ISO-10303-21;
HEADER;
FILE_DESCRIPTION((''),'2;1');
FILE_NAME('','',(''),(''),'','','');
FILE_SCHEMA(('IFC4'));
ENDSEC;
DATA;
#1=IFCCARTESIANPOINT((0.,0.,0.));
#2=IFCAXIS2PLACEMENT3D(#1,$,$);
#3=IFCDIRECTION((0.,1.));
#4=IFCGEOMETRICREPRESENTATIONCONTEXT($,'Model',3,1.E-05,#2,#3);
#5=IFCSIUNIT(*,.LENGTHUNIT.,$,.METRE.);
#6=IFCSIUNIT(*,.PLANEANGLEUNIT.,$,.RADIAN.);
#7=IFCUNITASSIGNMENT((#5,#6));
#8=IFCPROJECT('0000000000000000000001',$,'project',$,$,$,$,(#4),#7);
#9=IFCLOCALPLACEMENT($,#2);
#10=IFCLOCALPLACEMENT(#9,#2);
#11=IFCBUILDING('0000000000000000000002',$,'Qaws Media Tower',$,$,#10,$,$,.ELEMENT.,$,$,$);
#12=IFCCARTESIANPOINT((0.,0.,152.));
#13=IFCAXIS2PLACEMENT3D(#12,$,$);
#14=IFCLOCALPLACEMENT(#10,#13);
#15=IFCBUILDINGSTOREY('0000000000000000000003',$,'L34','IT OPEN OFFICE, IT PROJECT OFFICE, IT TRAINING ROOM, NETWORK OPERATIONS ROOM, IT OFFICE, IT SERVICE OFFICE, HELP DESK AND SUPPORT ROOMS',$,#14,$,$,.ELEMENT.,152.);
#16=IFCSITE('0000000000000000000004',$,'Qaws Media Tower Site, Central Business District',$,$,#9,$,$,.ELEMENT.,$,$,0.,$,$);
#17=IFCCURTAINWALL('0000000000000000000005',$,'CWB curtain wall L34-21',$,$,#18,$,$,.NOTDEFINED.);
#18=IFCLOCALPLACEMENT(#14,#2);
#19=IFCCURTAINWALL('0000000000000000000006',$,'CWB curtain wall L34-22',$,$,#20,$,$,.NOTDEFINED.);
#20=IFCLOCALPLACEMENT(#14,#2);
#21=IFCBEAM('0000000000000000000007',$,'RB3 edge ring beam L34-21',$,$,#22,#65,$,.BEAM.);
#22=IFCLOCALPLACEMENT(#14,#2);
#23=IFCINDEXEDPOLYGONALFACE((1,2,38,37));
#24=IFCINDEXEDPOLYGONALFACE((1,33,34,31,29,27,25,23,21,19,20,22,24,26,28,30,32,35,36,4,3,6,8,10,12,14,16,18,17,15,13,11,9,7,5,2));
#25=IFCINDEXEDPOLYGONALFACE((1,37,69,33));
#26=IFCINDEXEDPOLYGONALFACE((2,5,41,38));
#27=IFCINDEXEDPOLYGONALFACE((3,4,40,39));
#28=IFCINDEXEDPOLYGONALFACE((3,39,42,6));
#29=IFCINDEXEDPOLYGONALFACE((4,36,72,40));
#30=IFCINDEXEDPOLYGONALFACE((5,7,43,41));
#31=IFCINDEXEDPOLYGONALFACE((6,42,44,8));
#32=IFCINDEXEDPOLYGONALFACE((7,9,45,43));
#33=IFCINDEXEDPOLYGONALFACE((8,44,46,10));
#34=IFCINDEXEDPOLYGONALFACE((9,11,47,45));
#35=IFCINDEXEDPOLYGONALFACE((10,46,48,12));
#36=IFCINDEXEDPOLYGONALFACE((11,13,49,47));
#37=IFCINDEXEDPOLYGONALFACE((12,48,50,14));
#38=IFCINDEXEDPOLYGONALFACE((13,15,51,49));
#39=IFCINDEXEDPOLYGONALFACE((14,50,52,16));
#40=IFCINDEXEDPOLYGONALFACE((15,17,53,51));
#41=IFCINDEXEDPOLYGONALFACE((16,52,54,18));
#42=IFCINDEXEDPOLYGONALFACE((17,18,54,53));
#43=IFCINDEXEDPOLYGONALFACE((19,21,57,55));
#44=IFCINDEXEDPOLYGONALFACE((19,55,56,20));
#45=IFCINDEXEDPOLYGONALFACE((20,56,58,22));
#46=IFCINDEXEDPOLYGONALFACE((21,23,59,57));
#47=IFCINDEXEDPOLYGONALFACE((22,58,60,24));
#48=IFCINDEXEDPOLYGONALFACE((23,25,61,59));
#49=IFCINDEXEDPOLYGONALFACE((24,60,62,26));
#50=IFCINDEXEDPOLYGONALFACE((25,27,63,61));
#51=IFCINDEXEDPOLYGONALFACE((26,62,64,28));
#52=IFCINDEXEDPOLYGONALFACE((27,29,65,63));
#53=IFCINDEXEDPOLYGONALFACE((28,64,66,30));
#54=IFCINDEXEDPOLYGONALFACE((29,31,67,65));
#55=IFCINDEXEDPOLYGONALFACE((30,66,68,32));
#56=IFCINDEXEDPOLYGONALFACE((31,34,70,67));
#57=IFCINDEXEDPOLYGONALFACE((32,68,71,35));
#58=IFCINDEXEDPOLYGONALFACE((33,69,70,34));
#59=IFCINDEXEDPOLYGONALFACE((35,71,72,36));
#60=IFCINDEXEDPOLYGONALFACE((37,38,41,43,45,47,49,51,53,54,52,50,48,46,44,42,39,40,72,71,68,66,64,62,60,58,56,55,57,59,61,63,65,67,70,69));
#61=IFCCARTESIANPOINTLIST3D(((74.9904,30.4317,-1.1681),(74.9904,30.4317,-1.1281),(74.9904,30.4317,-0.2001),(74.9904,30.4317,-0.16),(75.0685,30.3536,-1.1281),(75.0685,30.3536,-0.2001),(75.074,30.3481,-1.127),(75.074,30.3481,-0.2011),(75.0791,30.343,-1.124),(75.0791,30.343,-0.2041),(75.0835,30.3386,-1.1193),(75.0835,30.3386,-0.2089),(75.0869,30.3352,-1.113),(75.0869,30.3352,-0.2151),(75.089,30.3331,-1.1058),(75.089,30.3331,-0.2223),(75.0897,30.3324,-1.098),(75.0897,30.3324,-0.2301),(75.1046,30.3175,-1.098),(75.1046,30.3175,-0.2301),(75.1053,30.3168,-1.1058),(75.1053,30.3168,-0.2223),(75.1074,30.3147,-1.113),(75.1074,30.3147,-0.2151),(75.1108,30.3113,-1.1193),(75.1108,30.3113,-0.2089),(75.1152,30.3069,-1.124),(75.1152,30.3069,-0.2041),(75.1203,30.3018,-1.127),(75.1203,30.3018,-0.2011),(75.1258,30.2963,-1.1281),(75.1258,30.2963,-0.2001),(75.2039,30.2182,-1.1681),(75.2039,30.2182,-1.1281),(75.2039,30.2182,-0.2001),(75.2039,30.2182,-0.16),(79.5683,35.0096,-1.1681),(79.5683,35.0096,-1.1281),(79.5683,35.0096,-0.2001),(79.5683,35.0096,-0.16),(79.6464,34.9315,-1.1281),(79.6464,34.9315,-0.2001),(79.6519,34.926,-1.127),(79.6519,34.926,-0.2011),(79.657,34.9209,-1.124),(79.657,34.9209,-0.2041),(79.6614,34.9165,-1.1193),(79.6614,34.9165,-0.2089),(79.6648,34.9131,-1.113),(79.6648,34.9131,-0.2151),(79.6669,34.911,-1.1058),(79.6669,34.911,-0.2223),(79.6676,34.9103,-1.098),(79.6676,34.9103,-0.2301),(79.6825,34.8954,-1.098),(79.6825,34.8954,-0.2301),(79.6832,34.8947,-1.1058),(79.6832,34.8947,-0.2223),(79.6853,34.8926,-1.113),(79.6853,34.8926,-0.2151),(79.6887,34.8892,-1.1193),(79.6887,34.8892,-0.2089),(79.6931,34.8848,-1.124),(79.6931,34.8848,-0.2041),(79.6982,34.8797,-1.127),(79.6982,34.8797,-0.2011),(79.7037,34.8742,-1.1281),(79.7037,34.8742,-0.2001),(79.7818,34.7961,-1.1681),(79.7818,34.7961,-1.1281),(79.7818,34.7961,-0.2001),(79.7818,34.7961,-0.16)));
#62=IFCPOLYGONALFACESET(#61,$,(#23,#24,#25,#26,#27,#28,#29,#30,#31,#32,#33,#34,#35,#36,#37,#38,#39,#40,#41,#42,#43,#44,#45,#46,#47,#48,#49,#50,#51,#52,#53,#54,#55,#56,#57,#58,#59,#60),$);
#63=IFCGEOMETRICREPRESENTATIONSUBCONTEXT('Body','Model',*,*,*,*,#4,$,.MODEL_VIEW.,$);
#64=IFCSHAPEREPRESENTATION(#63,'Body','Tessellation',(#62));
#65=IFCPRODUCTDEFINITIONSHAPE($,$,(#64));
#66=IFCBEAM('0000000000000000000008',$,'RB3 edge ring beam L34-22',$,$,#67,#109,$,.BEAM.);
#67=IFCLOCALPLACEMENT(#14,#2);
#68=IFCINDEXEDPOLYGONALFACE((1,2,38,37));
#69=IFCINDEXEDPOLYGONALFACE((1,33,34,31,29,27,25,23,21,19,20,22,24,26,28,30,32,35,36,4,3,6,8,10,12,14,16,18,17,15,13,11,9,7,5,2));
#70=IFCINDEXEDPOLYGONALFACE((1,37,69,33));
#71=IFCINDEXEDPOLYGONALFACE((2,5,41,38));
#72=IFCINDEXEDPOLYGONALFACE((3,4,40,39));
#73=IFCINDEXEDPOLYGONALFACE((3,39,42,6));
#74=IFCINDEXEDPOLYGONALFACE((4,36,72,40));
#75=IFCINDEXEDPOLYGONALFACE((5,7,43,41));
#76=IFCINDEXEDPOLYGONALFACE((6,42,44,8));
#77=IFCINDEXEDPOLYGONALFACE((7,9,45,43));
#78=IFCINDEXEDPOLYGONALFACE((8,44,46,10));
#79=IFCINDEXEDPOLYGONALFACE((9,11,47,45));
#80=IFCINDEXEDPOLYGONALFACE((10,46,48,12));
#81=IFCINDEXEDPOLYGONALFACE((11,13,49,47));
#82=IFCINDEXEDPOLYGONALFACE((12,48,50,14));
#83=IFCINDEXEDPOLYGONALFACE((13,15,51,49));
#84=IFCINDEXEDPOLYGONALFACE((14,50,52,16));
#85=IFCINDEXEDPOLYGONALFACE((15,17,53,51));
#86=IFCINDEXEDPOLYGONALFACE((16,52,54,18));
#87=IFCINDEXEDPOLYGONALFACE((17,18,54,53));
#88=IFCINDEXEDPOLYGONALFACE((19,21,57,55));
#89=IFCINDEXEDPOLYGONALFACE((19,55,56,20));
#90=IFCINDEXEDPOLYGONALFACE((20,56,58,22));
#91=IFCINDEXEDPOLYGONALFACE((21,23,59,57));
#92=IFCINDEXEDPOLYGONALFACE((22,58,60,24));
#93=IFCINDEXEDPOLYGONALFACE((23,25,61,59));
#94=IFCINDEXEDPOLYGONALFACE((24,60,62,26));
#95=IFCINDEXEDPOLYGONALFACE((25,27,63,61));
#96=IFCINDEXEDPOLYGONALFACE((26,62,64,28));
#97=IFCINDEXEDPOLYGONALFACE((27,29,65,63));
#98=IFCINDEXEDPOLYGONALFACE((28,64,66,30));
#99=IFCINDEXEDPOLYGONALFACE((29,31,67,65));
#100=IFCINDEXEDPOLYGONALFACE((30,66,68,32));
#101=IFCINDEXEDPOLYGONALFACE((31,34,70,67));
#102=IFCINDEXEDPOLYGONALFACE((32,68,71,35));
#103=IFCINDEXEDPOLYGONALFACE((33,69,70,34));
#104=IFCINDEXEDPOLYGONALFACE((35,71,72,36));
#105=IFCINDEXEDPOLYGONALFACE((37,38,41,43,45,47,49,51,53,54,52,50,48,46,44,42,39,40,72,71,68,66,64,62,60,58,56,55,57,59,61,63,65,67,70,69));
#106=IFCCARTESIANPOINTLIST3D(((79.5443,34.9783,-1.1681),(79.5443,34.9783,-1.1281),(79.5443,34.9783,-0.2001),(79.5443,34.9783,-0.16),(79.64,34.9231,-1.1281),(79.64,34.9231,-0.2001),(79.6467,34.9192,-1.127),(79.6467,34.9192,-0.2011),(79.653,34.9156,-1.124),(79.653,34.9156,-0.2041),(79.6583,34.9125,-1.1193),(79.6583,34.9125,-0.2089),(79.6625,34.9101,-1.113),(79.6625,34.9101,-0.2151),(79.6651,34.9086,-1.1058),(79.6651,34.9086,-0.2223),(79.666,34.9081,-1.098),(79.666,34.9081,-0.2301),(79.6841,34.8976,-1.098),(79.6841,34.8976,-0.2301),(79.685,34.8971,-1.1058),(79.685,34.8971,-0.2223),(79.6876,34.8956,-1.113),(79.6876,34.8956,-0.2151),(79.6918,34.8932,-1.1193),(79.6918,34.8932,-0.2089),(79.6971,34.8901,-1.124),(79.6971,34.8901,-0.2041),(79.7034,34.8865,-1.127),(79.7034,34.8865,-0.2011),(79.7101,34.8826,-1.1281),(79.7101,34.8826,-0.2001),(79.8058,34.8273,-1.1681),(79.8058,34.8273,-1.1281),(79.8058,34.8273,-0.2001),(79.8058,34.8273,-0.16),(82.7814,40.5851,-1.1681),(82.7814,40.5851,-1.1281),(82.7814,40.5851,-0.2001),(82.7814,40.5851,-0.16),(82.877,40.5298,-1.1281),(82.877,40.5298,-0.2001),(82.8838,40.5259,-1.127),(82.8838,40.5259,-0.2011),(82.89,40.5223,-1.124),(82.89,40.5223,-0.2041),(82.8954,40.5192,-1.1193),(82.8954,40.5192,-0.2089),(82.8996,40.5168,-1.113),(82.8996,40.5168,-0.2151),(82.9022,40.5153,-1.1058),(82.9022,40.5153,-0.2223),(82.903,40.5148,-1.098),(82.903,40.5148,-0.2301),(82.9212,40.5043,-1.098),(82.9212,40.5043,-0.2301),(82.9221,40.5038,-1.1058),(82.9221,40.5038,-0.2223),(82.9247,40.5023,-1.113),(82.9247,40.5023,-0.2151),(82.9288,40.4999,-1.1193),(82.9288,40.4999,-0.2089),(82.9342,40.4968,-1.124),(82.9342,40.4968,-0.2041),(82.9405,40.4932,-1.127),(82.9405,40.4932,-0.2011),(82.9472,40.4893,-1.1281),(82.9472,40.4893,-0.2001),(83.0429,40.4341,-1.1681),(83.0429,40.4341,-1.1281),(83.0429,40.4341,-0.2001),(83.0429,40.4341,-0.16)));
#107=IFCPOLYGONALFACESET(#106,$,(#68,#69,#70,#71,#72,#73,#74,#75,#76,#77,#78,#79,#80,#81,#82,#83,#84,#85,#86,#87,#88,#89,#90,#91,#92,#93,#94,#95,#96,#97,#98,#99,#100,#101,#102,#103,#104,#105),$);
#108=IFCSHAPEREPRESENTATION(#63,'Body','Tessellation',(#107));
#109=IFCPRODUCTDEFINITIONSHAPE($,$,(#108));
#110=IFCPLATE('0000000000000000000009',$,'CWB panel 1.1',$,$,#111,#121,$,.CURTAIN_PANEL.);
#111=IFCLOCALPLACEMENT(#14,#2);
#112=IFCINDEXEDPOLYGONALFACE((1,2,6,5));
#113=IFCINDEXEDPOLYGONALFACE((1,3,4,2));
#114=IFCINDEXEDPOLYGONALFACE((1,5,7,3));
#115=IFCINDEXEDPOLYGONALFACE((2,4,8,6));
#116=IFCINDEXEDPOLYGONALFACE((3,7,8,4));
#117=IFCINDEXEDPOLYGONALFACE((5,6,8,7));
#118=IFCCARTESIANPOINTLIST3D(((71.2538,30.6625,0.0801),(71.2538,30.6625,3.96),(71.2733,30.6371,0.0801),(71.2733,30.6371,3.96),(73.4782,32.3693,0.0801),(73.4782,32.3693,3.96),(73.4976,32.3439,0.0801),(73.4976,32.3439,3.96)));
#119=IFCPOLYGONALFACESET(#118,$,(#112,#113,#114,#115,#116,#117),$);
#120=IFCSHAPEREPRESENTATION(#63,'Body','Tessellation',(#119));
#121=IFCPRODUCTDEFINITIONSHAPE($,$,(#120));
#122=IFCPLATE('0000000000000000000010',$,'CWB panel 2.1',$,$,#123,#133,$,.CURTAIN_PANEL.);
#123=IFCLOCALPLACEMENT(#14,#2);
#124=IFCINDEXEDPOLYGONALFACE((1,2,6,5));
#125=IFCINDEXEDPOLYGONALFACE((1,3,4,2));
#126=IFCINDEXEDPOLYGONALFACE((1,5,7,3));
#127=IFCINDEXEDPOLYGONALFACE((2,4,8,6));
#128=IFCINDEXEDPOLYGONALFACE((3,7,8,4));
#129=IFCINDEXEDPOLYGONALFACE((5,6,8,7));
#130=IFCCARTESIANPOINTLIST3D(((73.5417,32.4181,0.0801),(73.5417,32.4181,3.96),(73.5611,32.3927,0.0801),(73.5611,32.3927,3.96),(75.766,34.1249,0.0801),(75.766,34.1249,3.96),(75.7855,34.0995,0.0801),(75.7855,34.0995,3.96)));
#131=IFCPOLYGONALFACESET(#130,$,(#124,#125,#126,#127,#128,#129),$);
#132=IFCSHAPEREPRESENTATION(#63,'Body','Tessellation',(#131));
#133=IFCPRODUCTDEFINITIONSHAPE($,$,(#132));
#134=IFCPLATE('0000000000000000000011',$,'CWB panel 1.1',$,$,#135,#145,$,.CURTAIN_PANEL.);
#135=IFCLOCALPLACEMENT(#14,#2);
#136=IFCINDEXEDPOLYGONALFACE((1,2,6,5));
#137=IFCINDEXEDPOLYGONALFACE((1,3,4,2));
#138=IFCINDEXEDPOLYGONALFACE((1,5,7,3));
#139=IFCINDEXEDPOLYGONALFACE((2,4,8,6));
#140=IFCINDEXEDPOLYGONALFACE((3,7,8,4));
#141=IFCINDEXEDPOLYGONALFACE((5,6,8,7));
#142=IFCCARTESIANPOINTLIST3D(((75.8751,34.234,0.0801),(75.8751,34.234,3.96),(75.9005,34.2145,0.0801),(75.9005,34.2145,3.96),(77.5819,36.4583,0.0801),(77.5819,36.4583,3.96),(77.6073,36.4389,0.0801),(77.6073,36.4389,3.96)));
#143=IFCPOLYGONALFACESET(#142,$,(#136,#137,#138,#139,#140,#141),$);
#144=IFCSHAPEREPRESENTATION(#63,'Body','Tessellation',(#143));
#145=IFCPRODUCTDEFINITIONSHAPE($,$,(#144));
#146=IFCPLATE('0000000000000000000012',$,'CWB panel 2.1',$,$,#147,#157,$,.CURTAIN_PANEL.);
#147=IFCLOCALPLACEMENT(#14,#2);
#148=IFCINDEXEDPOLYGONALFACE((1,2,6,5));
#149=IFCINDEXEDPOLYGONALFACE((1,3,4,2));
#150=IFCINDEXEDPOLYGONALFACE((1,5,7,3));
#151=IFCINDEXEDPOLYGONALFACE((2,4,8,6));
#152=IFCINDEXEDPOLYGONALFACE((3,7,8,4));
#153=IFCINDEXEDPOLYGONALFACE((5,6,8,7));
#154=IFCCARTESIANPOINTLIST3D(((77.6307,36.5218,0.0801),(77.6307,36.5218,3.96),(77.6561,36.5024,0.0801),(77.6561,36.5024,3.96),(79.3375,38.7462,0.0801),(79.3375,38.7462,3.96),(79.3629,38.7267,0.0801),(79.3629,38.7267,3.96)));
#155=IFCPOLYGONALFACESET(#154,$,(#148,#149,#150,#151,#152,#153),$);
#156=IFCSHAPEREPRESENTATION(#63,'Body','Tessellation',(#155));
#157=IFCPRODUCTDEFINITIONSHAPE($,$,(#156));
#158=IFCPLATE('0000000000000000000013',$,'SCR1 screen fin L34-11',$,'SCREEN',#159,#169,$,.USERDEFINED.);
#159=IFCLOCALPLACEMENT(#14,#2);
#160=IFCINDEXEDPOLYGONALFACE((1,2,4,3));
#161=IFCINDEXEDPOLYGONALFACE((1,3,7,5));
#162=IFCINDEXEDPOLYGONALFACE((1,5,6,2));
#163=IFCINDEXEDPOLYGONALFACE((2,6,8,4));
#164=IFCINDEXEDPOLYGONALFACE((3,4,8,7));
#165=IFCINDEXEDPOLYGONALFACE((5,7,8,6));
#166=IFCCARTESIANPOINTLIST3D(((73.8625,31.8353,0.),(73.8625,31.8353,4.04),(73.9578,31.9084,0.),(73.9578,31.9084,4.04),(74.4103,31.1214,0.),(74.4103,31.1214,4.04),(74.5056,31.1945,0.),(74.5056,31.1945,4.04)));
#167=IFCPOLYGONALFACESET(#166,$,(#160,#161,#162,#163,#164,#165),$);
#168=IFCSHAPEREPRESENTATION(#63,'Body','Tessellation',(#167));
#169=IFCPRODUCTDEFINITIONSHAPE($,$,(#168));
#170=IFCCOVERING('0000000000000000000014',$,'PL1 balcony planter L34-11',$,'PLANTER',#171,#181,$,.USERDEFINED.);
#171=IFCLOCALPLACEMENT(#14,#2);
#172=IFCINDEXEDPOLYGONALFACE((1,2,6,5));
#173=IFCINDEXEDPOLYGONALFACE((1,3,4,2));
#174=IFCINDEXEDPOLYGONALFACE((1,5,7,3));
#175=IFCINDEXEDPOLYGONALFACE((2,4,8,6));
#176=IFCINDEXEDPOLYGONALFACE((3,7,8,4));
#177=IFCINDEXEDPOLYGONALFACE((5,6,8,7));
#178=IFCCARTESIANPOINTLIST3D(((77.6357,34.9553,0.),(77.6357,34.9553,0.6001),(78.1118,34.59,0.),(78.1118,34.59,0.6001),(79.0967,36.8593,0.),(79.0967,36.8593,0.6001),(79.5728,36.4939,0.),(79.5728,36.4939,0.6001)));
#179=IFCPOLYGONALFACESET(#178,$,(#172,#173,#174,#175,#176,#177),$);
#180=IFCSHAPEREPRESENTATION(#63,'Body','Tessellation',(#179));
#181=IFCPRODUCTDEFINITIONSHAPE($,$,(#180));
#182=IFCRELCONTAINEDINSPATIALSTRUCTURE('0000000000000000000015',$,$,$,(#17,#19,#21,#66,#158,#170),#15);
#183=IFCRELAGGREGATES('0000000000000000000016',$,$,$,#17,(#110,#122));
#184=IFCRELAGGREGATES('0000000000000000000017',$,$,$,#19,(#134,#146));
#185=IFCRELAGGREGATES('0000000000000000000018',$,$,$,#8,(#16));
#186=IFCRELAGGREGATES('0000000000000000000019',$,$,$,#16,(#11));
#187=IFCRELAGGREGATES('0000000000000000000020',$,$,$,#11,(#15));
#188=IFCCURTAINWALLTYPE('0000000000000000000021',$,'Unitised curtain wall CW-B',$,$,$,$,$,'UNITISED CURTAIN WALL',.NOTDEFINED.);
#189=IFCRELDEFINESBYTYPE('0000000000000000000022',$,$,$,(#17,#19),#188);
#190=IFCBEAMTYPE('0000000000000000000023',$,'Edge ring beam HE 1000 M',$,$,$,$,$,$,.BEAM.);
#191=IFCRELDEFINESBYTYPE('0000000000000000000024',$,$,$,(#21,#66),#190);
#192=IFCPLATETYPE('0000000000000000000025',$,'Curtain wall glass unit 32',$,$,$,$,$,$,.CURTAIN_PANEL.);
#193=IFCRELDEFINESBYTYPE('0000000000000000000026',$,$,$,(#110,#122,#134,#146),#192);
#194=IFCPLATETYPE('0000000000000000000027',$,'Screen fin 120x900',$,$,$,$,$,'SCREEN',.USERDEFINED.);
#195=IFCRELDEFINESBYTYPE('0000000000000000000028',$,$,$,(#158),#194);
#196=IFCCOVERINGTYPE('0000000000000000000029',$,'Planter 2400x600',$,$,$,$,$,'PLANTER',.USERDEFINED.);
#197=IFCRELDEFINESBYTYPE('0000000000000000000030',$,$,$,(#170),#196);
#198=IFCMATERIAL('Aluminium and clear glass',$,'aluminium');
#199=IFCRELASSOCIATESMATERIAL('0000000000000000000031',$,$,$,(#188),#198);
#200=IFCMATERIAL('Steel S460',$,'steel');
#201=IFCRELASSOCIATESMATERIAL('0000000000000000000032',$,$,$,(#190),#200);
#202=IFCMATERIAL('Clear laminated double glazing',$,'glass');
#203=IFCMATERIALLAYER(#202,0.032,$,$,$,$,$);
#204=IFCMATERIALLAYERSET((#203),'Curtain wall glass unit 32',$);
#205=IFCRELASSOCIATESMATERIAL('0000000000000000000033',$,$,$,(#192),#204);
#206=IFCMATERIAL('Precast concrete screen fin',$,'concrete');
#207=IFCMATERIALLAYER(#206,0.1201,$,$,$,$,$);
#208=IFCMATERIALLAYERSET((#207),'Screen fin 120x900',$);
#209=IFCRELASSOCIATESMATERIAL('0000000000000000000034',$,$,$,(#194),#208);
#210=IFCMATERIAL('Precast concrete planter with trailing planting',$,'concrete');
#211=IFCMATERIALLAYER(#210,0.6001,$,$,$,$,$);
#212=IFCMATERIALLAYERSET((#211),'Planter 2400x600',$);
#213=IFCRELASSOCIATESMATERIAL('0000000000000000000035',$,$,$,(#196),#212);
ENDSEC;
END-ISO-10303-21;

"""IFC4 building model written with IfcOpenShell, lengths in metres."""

from ifc_helpers import new_model, si_unit, direction, frame, origin, origin_2d, place, context, subcontext, project, spatial, rectangle, i_section, extrude, material, layer, layer_set, material_profile, profile_set, type_object, element, aggregate, save


model = new_model("IFC4")

# Units and contexts
model_context = context("Model", 3, precision=1e-05, world=origin(), true_north=direction((0.0, 1.0)))
body_context = subcontext(model_context, "Body", "Model", "MODEL_VIEW")
ifc_project = project(units=[si_unit("LENGTHUNIT", "METRE"), si_unit("PLANEANGLEUNIT", "RADIAN")], contexts=[model_context])

# Site, building, storey
site_placement = place(None, origin())
site = spatial("IfcSite", under=ifc_project, at=site_placement, Name="Qaws Media Tower Site, Central Business District", CompositionType="ELEMENT", RefElevation=0.0)
building_placement = place(site_placement, origin())
building = spatial("IfcBuilding", under=site, at=building_placement, Name="Qaws Media Tower", CompositionType="ELEMENT")
storey_placement = place(building_placement, frame((0.0, 0.0, 152.0)))
storey = spatial("IfcBuildingStorey", under=building, at=storey_placement, Name="L34", Description="IT OPEN OFFICE, IT PROJECT OFFICE, IT TRAINING ROOM, NETWORK OPERATIONS ROOM, IT OFFICE, IT SERVICE OFFICE, HELP DESK AND SUPPORT ROOMS", CompositionType="ELEMENT", Elevation=152.0)

# Shared definitions
ifc_material_1 = material(Name="Aluminium and clear glass", Category="aluminium")
curtain_wall_type = type_object("IfcCurtainWallType", Name="Unitised curtain wall CW-B", ElementType="UNITISED CURTAIN WALL", PredefinedType="NOTDEFINED", material=ifc_material_1)

# Curtain walls
curtain_wall_1_placement = place(storey_placement, origin())
curtain_wall_1 = element("IfcCurtainWall", 1, at=curtain_wall_1_placement, inside=storey, type_object=curtain_wall_type, Name="CWB curtain wall L34-21", PredefinedType="NOTDEFINED")
curtain_wall_2_placement = place(storey_placement, origin())
curtain_wall_2 = element("IfcCurtainWall", 2, at=curtain_wall_2_placement, inside=storey, type_object=curtain_wall_type, Name="CWB curtain wall L34-22", PredefinedType="NOTDEFINED")

# Beams
ifc_material_2 = material(Name="Steel S460", Category="steel")
ifc_material_profile_1 = material_profile(ifc_material_2, i_section(OverallWidth=0.302, OverallDepth=1.0081, WebThickness=0.021, FlangeThickness=0.04, FilletRadius=0.03, at=origin_2d()), Name="HE 1000 M")
ifc_profile_set_1 = profile_set([ifc_material_profile_1], Name="Steel S460")
beam_type = type_object("IfcBeamType", Name="Edge ring beam HE 1000 M", PredefinedType="BEAM", material=ifc_profile_set_1)
for number, where, z_axis, x_axis, name in (
    (3, (75.0972, 30.325, -0.6641), (0.707107, 0.707107, 0.0), (-0.707107, 0.707107, 0.0), "RB3 edge ring beam L34-21"),
    (4, (79.675, 34.9028, -0.6641), (0.500004, 0.866023, 0.0), (-0.866023, 0.500004, 0.0), "RB3 edge ring beam L34-22"),
):
    element("IfcBeam", number, at=place(storey_placement, frame(where, z_axis=z_axis, x_axis=x_axis)), inside=storey, type_object=beam_type, Name=name, PredefinedType="BEAM", context=body_context, shape_type="SweptSolid", body=[
        extrude(i_section(OverallWidth=0.302, OverallDepth=1.0081, WebThickness=0.021, FlangeThickness=0.04, FilletRadius=0.03, at=origin_2d()), origin(), (0.0, 0.0, 1.0), 6.4741),
    ])

# Plates
ifc_material_3 = material(Name="Clear laminated double glazing", Category="glass")
ifc_layer_1 = layer(ifc_material_3, 0.032)
ifc_layer_set_1 = layer_set([ifc_layer_1], Name="Curtain wall glass unit 32")
plate_type_1 = type_object("IfcPlateType", Name="Curtain wall glass unit 32", PredefinedType="CURTAIN_PANEL", material=ifc_layer_set_1)
plate_1_placement = place(storey_placement, frame((72.3757, 31.5032, 0.0801), z_axis=(0.0, 0.0, 1.0), x_axis=(0.793353, 0.608761, 0.0)))
plate_1 = element("IfcPlate", 5, at=plate_1_placement, type_object=plate_type_1, Name="CWB panel 1.1", PredefinedType="CURTAIN_PANEL", context=body_context, shape_type="SweptSolid", body=[
    extrude(rectangle(XDim=2.8037, YDim=0.032, at=origin_2d()), origin(), (0.0, 0.0, 1.0), 3.8799),
])
plate_2_placement = place(storey_placement, frame((74.6636, 33.2588, 0.0801), z_axis=(0.0, 0.0, 1.0), x_axis=(0.793353, 0.608761, 0.0)))
plate_2 = element("IfcPlate", 6, at=plate_2_placement, type_object=plate_type_1, Name="CWB panel 2.1", PredefinedType="CURTAIN_PANEL", context=body_context, shape_type="SweptSolid", body=[
    extrude(rectangle(XDim=2.8037, YDim=0.032, at=origin_2d()), origin(), (0.0, 0.0, 1.0), 3.8799),
])
aggregate(curtain_wall_1, [plate_1, plate_2])
plate_3_placement = place(storey_placement, frame((76.7412, 35.3364, 0.0801), z_axis=(0.0, 0.0, 1.0), x_axis=(0.608761, 0.793353, 0.0)))
plate_3 = element("IfcPlate", 7, at=plate_3_placement, type_object=plate_type_1, Name="CWB panel 1.1", PredefinedType="CURTAIN_PANEL", context=body_context, shape_type="SweptSolid", body=[
    extrude(rectangle(XDim=2.8037, YDim=0.032, at=origin_2d()), origin(), (0.0, 0.0, 1.0), 3.8799),
])
plate_4_placement = place(storey_placement, frame((78.4968, 37.6243, 0.0801), z_axis=(0.0, 0.0, 1.0), x_axis=(0.608761, 0.793353, 0.0)))
plate_4 = element("IfcPlate", 8, at=plate_4_placement, type_object=plate_type_1, Name="CWB panel 2.1", PredefinedType="CURTAIN_PANEL", context=body_context, shape_type="SweptSolid", body=[
    extrude(rectangle(XDim=2.8037, YDim=0.032, at=origin_2d()), origin(), (0.0, 0.0, 1.0), 3.8799),
])
aggregate(curtain_wall_2, [plate_3, plate_4])
ifc_material_4 = material(Name="Precast concrete screen fin", Category="concrete")
ifc_layer_2 = layer(ifc_material_4, 0.1201)
ifc_layer_set_2 = layer_set([ifc_layer_2], Name="Screen fin 120x900")
plate_type_2 = type_object("IfcPlateType", Name="Screen fin 120x900", ElementType="SCREEN", PredefinedType="USERDEFINED", material=ifc_layer_set_2)
plate_5_placement = place(storey_placement, frame((74.1841, 31.5149, 0.0), z_axis=(0.0, 0.0, 1.0), x_axis=(0.608761, -0.793353, 0.0)))
element("IfcPlate", 9, at=plate_5_placement, inside=storey, type_object=plate_type_2, Name="SCR1 screen fin L34-11", ObjectType="SCREEN", PredefinedType="USERDEFINED", context=body_context, shape_type="SweptSolid", body=[
    extrude(rectangle(XDim=0.8999, YDim=0.1201, at=origin_2d()), origin(), (0.0, 0.0, 1.0), 4.04),
])

# Covering
ifc_material_5 = material(Name="Precast concrete planter with trailing planting", Category="concrete")
ifc_layer_3 = layer(ifc_material_5, 0.6001)
ifc_layer_set_3 = layer_set([ifc_layer_3], Name="Planter 2400x600")
covering_type = type_object("IfcCoveringType", Name="Planter 2400x600", ElementType="PLANTER", PredefinedType="USERDEFINED", material=ifc_layer_set_3)
covering_placement = place(storey_placement, frame((78.6042, 35.7246, 0.0), z_axis=(0.0, 0.0, 1.0), x_axis=(0.608761, 0.793353, 0.0)))
element("IfcCovering", 10, at=covering_placement, inside=storey, type_object=covering_type, Name="PL1 balcony planter L34-11", ObjectType="PLANTER", PredefinedType="USERDEFINED", context=body_context, shape_type="SweptSolid", body=[
    extrude(rectangle(XDim=2.3999, YDim=0.6001, at=origin_2d()), origin(), (0.0, 0.0, 1.0), 0.6001),
])

save(model, "model.ifc")
